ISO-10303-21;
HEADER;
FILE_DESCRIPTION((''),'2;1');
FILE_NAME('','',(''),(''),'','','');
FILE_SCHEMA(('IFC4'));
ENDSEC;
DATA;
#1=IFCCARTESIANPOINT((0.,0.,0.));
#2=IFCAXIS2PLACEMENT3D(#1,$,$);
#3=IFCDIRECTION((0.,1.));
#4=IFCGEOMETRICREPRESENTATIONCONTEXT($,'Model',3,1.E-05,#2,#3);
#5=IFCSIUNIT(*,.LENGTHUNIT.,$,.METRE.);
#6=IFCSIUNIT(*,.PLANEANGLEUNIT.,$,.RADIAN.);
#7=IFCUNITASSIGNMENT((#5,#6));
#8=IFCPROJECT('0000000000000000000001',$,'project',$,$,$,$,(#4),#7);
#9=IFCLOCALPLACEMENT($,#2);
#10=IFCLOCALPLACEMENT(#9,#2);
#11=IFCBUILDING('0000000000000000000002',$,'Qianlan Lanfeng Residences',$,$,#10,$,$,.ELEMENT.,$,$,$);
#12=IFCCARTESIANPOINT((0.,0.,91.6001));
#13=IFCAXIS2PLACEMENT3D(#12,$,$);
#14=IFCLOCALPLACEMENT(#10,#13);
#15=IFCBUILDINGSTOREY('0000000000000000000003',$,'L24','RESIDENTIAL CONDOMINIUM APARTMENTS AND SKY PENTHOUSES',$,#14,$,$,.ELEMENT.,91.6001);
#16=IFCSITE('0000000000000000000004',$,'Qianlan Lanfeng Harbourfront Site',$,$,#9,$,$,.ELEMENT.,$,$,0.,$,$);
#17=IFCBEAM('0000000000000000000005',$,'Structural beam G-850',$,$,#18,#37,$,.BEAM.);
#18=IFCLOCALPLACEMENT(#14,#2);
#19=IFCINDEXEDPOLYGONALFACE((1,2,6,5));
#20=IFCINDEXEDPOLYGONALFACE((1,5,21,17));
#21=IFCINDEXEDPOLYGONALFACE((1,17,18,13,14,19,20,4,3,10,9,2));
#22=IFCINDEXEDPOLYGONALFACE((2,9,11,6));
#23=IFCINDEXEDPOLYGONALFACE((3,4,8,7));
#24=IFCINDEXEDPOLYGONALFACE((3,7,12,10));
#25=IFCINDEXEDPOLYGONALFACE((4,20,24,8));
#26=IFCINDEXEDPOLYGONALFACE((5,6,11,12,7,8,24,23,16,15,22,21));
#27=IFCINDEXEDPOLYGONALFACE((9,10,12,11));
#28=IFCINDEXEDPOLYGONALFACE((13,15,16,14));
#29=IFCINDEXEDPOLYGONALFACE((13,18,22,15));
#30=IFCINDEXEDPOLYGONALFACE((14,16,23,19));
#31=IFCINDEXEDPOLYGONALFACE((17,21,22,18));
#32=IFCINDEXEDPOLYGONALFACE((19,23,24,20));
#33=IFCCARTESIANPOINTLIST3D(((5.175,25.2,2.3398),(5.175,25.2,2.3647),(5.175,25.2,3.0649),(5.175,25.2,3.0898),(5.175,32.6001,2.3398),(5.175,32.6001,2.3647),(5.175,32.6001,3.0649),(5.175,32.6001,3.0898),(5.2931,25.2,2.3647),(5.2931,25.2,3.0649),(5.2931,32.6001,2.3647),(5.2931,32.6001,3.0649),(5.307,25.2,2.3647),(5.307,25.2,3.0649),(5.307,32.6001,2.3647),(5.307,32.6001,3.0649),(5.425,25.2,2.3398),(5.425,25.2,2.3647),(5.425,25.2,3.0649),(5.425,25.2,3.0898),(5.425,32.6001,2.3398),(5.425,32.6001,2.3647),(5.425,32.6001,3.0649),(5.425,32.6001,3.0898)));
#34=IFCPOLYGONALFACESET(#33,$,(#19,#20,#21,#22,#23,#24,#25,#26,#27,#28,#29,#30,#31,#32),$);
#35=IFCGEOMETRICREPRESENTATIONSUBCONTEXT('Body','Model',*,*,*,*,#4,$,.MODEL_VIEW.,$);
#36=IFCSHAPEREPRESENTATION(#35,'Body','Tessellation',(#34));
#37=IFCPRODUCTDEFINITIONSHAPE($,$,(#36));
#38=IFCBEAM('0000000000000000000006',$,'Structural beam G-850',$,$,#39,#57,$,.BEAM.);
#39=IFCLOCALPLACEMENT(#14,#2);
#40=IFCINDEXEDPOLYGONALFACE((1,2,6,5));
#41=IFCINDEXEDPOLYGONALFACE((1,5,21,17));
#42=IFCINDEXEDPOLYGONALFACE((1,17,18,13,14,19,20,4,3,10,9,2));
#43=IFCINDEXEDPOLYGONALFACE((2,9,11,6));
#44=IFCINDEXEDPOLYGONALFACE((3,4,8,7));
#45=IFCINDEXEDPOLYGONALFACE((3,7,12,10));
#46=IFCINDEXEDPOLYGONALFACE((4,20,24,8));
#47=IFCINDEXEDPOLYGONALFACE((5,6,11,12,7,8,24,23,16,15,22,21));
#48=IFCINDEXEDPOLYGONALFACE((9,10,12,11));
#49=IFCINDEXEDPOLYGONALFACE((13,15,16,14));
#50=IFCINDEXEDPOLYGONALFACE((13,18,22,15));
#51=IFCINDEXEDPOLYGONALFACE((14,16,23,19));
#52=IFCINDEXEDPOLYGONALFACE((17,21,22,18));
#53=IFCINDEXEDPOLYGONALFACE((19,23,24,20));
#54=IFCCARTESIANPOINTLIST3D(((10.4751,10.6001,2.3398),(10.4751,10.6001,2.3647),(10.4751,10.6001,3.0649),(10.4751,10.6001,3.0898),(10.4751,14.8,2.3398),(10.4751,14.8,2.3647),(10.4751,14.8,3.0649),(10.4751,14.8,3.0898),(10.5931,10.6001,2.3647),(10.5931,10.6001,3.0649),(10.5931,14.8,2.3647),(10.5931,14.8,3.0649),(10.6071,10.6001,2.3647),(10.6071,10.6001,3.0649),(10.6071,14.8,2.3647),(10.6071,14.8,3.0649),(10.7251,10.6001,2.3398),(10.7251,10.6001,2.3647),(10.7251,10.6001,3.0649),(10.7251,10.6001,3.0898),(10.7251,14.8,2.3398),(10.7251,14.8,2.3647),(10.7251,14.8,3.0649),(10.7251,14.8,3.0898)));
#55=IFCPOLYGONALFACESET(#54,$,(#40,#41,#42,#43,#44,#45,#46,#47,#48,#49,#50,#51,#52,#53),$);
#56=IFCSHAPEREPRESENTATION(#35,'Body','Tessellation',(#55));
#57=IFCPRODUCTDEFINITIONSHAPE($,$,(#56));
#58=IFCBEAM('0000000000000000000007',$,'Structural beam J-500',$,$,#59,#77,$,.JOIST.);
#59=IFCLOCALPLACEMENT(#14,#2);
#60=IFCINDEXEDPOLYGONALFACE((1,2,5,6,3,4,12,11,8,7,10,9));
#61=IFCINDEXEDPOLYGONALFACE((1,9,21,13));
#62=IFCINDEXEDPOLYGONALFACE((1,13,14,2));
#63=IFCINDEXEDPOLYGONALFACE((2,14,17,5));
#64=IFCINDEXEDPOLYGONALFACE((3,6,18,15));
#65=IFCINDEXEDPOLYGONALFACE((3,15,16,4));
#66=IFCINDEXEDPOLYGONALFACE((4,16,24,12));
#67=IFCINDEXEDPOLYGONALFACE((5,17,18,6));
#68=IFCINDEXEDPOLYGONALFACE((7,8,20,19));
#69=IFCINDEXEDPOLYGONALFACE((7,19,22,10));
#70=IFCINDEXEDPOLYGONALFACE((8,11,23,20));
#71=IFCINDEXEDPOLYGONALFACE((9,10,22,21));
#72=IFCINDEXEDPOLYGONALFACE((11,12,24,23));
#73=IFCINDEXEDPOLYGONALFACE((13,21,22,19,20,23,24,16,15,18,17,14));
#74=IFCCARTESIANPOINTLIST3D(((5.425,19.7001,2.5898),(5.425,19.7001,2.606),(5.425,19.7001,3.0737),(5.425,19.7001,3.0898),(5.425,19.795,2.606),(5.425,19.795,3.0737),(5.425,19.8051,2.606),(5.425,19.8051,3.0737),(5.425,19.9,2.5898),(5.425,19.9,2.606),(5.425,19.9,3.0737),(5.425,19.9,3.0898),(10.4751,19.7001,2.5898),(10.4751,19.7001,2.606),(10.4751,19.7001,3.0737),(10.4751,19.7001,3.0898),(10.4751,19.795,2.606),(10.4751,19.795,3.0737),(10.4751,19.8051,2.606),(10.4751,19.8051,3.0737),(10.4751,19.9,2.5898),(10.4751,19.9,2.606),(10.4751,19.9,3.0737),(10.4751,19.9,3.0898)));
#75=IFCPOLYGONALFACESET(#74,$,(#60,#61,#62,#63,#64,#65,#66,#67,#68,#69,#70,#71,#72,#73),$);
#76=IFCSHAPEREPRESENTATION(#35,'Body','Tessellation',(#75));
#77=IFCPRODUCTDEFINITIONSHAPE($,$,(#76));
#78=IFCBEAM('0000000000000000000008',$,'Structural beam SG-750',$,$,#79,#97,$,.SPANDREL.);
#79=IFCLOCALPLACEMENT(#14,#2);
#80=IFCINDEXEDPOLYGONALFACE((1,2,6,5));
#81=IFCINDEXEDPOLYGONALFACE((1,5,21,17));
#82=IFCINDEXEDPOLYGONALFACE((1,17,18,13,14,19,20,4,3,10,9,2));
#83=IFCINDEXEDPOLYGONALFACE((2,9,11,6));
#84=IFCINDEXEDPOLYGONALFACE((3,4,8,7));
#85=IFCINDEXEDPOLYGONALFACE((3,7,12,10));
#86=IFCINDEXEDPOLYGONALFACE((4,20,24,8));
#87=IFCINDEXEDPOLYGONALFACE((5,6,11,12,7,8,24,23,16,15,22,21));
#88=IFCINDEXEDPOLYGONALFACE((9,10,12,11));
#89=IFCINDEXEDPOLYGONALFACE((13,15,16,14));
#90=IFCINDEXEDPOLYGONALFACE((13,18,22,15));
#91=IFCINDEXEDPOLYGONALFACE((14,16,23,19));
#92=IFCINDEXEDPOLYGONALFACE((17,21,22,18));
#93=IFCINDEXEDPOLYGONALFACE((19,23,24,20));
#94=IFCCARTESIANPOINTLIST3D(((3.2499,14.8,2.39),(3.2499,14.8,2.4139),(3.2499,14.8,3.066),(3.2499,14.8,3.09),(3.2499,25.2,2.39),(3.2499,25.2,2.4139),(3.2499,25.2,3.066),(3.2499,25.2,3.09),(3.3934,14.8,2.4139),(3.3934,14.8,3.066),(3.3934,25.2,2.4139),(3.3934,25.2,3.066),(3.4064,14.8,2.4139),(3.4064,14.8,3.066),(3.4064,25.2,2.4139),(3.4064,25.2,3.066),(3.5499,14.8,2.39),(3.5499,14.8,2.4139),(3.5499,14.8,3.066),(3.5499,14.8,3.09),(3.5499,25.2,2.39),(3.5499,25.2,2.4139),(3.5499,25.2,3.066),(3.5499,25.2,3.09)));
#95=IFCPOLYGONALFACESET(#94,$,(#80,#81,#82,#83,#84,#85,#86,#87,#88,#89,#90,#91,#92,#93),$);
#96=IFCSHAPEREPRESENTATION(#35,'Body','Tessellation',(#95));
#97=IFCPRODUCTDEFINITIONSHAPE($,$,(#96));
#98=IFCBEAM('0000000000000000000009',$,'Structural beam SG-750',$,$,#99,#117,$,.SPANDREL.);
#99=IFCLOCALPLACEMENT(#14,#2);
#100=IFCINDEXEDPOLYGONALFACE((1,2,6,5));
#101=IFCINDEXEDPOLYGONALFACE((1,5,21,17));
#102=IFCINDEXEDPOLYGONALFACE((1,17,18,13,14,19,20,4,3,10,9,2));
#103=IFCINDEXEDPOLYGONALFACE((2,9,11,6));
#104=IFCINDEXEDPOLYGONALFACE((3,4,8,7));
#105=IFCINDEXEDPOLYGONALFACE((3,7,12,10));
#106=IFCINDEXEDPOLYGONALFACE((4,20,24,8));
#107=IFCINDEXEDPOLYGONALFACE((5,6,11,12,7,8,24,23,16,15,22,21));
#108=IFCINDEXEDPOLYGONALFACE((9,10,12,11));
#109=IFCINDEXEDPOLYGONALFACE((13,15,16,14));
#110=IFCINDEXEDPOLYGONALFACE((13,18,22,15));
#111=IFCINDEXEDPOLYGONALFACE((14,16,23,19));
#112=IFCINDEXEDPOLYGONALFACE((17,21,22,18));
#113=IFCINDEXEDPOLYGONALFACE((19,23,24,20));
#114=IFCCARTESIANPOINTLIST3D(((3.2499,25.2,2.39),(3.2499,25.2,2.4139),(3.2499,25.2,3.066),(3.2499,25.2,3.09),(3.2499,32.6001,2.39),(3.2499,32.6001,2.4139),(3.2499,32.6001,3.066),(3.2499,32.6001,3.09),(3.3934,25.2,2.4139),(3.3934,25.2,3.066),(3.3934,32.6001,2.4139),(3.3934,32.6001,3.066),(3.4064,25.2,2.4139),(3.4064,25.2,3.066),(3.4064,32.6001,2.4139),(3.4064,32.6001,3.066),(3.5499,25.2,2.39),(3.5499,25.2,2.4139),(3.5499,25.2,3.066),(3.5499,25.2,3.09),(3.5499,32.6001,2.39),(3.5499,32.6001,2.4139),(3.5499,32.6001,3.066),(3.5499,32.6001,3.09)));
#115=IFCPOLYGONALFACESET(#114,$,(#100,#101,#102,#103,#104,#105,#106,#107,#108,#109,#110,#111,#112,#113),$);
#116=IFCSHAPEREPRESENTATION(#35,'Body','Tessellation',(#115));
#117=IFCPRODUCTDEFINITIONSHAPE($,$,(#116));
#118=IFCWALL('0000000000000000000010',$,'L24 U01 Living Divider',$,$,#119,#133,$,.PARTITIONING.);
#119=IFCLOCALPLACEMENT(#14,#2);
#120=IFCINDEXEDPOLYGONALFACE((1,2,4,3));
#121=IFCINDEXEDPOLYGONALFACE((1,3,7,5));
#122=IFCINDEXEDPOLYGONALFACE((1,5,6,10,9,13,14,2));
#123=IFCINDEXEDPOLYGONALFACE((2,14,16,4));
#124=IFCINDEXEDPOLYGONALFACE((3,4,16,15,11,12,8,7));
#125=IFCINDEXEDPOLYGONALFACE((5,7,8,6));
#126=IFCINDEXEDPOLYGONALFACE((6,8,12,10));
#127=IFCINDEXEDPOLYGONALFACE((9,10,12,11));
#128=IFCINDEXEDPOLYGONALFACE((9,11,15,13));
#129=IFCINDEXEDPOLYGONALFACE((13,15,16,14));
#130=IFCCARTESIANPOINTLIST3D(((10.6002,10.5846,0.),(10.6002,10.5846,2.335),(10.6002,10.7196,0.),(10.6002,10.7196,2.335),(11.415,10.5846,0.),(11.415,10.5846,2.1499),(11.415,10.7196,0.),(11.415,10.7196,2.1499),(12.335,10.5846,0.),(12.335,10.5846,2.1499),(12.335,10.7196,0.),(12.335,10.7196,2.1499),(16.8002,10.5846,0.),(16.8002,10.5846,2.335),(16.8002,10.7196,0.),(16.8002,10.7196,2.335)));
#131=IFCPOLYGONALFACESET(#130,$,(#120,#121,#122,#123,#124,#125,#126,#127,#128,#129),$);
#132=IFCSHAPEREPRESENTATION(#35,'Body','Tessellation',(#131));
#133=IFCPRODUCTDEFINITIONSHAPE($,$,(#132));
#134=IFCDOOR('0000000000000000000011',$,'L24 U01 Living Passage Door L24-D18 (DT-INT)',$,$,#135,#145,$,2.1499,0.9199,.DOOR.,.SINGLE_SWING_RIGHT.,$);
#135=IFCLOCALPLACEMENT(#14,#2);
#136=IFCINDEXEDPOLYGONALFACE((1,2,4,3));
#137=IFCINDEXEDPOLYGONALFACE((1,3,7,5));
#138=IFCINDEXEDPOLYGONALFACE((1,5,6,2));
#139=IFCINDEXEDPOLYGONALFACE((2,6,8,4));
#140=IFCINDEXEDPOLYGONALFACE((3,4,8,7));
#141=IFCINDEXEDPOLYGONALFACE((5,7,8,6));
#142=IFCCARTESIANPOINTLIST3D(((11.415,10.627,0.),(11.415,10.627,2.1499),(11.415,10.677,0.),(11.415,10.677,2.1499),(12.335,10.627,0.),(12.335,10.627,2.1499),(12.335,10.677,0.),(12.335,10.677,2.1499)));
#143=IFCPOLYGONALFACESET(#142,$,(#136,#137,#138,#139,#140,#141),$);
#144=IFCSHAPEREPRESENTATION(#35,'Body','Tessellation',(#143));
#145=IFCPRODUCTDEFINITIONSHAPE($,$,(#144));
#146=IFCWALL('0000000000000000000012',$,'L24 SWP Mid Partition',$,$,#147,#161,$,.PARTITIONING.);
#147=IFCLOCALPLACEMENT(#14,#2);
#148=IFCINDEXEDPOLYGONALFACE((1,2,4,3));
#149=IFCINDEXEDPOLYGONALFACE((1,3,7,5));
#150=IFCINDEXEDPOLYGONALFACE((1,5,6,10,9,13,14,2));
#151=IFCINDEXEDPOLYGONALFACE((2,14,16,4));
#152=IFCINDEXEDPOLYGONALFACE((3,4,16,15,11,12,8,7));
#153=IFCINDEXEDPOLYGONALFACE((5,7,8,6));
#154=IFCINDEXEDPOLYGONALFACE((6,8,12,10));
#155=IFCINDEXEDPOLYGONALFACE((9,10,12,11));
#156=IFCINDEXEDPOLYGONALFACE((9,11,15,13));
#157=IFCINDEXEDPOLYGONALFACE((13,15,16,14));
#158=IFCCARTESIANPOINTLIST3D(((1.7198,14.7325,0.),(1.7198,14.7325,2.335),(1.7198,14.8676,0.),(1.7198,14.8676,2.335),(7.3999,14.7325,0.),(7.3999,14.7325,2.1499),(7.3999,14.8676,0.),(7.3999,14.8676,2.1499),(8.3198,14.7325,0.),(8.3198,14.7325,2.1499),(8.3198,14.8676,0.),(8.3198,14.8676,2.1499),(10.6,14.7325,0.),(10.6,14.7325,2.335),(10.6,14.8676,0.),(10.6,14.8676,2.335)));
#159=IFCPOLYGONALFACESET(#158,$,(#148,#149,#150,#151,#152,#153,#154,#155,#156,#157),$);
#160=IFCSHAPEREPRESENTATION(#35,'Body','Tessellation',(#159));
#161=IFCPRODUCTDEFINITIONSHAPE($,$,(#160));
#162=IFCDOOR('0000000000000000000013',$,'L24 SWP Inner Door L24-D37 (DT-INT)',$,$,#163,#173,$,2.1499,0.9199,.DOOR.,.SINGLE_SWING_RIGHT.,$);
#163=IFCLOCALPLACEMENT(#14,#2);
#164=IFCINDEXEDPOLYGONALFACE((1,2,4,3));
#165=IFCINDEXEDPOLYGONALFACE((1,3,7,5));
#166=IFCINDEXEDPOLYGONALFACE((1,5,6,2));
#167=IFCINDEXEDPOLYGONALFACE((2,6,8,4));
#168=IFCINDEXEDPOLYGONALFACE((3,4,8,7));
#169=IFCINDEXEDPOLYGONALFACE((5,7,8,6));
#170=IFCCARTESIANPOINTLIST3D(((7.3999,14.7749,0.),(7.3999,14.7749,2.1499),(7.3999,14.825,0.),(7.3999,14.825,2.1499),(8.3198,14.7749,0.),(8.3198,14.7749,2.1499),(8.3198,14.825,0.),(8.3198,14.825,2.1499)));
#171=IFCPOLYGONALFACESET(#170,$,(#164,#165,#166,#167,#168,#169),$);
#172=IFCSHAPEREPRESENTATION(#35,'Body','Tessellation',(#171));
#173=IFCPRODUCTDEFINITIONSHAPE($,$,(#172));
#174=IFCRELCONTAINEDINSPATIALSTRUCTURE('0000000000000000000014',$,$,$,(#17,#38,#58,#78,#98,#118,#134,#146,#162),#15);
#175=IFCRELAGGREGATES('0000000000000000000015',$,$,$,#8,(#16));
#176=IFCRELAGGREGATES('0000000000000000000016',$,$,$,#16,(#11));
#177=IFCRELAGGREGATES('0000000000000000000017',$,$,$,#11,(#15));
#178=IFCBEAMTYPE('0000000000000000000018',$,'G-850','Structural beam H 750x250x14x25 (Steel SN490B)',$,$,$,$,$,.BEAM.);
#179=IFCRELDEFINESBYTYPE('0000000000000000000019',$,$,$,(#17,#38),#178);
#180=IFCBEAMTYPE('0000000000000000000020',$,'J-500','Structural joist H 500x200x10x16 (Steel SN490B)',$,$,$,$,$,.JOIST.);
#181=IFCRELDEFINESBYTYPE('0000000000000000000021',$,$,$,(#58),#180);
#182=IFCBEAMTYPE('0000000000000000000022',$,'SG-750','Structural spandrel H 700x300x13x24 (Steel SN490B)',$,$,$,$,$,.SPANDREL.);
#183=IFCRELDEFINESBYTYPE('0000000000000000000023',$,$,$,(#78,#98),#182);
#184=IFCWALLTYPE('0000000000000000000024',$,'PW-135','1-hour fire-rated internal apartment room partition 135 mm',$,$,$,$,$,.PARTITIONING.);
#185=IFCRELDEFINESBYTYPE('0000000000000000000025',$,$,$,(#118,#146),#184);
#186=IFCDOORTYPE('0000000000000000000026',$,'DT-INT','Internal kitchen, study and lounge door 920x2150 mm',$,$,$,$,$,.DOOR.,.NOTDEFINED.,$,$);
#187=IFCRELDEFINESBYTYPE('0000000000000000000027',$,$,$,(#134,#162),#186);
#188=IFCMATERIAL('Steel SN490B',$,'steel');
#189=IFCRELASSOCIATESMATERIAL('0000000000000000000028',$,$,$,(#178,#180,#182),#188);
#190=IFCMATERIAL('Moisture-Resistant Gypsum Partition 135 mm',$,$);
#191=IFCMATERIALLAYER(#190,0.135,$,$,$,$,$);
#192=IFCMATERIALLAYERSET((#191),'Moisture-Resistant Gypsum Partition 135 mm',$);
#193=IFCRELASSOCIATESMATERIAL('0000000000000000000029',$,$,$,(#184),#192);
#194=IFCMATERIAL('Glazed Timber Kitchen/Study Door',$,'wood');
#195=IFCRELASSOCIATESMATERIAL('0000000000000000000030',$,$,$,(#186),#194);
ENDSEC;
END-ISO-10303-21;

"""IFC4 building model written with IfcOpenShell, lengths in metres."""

from ifc_helpers import new_model, si_unit, direction, frame, frame_2d, origin, origin_2d, place, context, subcontext, project, spatial, rectangle, i_section, extrude, material, layer, layer_set, material_profile, profile_set, type_object, element, fill, save


model = new_model("IFC4")

# Units and contexts
model_context = context("Model", 3, precision=1e-05, world=origin(), true_north=direction((0.0, 1.0)))
body_context = subcontext(model_context, "Body", "Model", "MODEL_VIEW")
ifc_project = project(units=[si_unit("LENGTHUNIT", "METRE"), si_unit("PLANEANGLEUNIT", "RADIAN")], contexts=[model_context])

# Site, building, storey
site_placement = place(None, origin())
site = spatial("IfcSite", under=ifc_project, at=site_placement, Name="Qianlan Lanfeng Harbourfront Site", CompositionType="ELEMENT", RefElevation=0.0)
building_placement = place(site_placement, origin())
building = spatial("IfcBuilding", under=site, at=building_placement, Name="Qianlan Lanfeng Residences", CompositionType="ELEMENT")
storey_placement = place(building_placement, frame((0.0, 0.0, 91.6001)))
storey = spatial("IfcBuildingStorey", under=building, at=storey_placement, Name="L24", Description="RESIDENTIAL CONDOMINIUM APARTMENTS AND SKY PENTHOUSES", CompositionType="ELEMENT", Elevation=91.6001)

# Shared definitions
ifc_material_1 = material(Name="Steel SN490B", Category="steel")

# Beams
ifc_material_profile_1 = material_profile(ifc_material_1, i_section(OverallWidth=0.25, OverallDepth=0.75, WebThickness=0.0139, FlangeThickness=0.0249, at=origin_2d()), Name="H 750x250x14x25")
ifc_profile_set_1 = profile_set([ifc_material_profile_1], Name="Steel SN490B")
beam_type_1 = type_object("IfcBeamType", Name="G-850", Description="Structural beam H 750x250x14x25 (Steel SN490B)", PredefinedType="BEAM", material=ifc_profile_set_1)
beam_1_placement = place(storey_placement, frame((5.3, 25.2, 2.7148), z_axis=(0.0, 1.0, 0.0), x_axis=(-1.0, 0.0, 0.0)))
element("IfcBeam", 1, at=beam_1_placement, inside=storey, type_object=beam_type_1, Name="Structural beam G-850", PredefinedType="BEAM", context=body_context, shape_type="SweptSolid", body=[
    extrude(i_section(OverallWidth=0.25, OverallDepth=0.75, WebThickness=0.0139, FlangeThickness=0.0249, at=origin_2d()), origin(), (0.0, 0.0, 1.0), 7.4001),
])
beam_2_placement = place(storey_placement, frame((10.6001, 10.6001, 2.7148), z_axis=(0.0, 1.0, 0.0), x_axis=(-1.0, 0.0, 0.0)))
element("IfcBeam", 2, at=beam_2_placement, inside=storey, type_object=beam_type_1, Name="Structural beam G-850", PredefinedType="BEAM", context=body_context, shape_type="SweptSolid", body=[
    extrude(i_section(OverallWidth=0.25, OverallDepth=0.75, WebThickness=0.0139, FlangeThickness=0.0249, at=origin_2d()), origin(), (0.0, 0.0, 1.0), 4.2),
])
ifc_material_profile_2 = material_profile(ifc_material_1, i_section(OverallWidth=0.2, OverallDepth=0.5, WebThickness=0.01, FlangeThickness=0.0161, at=origin_2d()), Name="H 500x200x10x16")
ifc_profile_set_2 = profile_set([ifc_material_profile_2], Name="Steel SN490B")
beam_type_2 = type_object("IfcBeamType", Name="J-500", Description="Structural joist H 500x200x10x16 (Steel SN490B)", PredefinedType="JOIST", material=ifc_profile_set_2)
beam_3_placement = place(storey_placement, frame((5.425, 19.8, 2.8398), z_axis=(1.0, 0.0, 0.0), x_axis=(0.0, 1.0, 0.0)))
element("IfcBeam", 3, at=beam_3_placement, inside=storey, type_object=beam_type_2, Name="Structural beam J-500", PredefinedType="JOIST", context=body_context, shape_type="SweptSolid", body=[
    extrude(i_section(OverallWidth=0.2, OverallDepth=0.5, WebThickness=0.01, FlangeThickness=0.0161, at=origin_2d()), origin(), (0.0, 0.0, 1.0), 5.05),
])
ifc_material_profile_3 = material_profile(ifc_material_1, i_section(OverallWidth=0.3, OverallDepth=0.7, WebThickness=0.0129, FlangeThickness=0.0239, at=origin_2d()), Name="H 700x300x13x24")
ifc_profile_set_3 = profile_set([ifc_material_profile_3], Name="Steel SN490B")
beam_type_3 = type_object("IfcBeamType", Name="SG-750", Description="Structural spandrel H 700x300x13x24 (Steel SN490B)", PredefinedType="SPANDREL", material=ifc_profile_set_3)
beam_4_placement = place(storey_placement, frame((3.3999, 14.8, 2.74), z_axis=(0.0, 1.0, 0.0), x_axis=(-1.0, 0.0, 0.0)))
element("IfcBeam", 4, at=beam_4_placement, inside=storey, type_object=beam_type_3, Name="Structural beam SG-750", PredefinedType="SPANDREL", context=body_context, shape_type="SweptSolid", body=[
    extrude(i_section(OverallWidth=0.3, OverallDepth=0.7, WebThickness=0.0129, FlangeThickness=0.0239, at=origin_2d()), origin(), (0.0, 0.0, 1.0), 10.3999),
])
beam_5_placement = place(storey_placement, frame((3.3999, 25.2, 2.74), z_axis=(0.0, 1.0, 0.0), x_axis=(-1.0, 0.0, 0.0)))
element("IfcBeam", 5, at=beam_5_placement, inside=storey, type_object=beam_type_3, Name="Structural beam SG-750", PredefinedType="SPANDREL", context=body_context, shape_type="SweptSolid", body=[
    extrude(i_section(OverallWidth=0.3, OverallDepth=0.7, WebThickness=0.0129, FlangeThickness=0.0239, at=origin_2d()), origin(), (0.0, 0.0, 1.0), 7.4001),
])

# Walls, openings, doors
ifc_material_2 = material(Name="Moisture-Resistant Gypsum Partition 135 mm")
ifc_layer_1 = layer(ifc_material_2, 0.135)
ifc_layer_set_1 = layer_set([ifc_layer_1], Name="Moisture-Resistant Gypsum Partition 135 mm")
wall_type_1 = type_object("IfcWallType", Name="PW-135", Description="1-hour fire-rated internal apartment room partition 135 mm", PredefinedType="PARTITIONING", material=ifc_layer_set_1)
wall_1_placement = place(storey_placement, frame((10.6001, 10.6521, 0.0), z_axis=(0.0, 0.0, 1.0), x_axis=(1.0, 0.0, 0.0)))
wall_1 = element("IfcWall", 6, at=wall_1_placement, inside=storey, type_object=wall_type_1, Name="L24 U01 Living Divider", PredefinedType="PARTITIONING", context=body_context, shape_type="SweptSolid", body=[
    extrude(rectangle(XDim=6.2, YDim=0.135, at=frame_2d((3.1001, 0.0))), origin(), (0.0, 0.0, 1.0), 2.335),
])
opening_1_placement = place(wall_1_placement, frame((0.8149, 0.0, 0.0)))
opening_1 = element("IfcOpeningElement", 7, at=opening_1_placement, cuts=wall_1, PredefinedType="OPENING", context=body_context, shape_type="SweptSolid", body=[
    extrude(rectangle(XDim=0.9199, YDim=2.1499, at=frame_2d((0.46, 1.075))), frame((0.0, 0.0776, 0.0), z_axis=(0.0, -1.0, 0.0), x_axis=(1.0, 0.0, 0.0)), (0.0, 0.0, 1.0), 0.155),
])
ifc_material_3 = material(Name="Glazed Timber Kitchen/Study Door", Category="wood")
door_type_1 = type_object("IfcDoorType", Name="DT-INT", Description="Internal kitchen, study and lounge door 920x2150 mm", OperationType="NOTDEFINED", PredefinedType="DOOR", material=ifc_material_3)
door_1_placement = place(opening_1_placement, origin())
door_1 = element("IfcDoor", 8, at=door_1_placement, inside=storey, type_object=door_type_1, Name="L24 U01 Living Passage Door L24-D18 (DT-INT)", OperationType="SINGLE_SWING_RIGHT", OverallHeight=2.1499, OverallWidth=0.9199, PredefinedType="DOOR", context=body_context, shape_type="SweptSolid", body=[
    extrude(rectangle(XDim=0.9199, YDim=2.1499, at=frame_2d((0.46, 1.075))), frame((0.0, 0.0249, 0.0), z_axis=(0.0, -1.0, 0.0), x_axis=(1.0, 0.0, 0.0)), (0.0, 0.0, 1.0), 0.05),
])
fill(opening_1, door_1)
wall_2_placement = place(storey_placement, frame((1.72, 14.8, 0.0), z_axis=(0.0, 0.0, 1.0), x_axis=(1.0, 0.0, 0.0)))
wall_2 = element("IfcWall", 9, at=wall_2_placement, inside=storey, type_object=wall_type_1, Name="L24 SWP Mid Partition", PredefinedType="PARTITIONING", context=body_context, shape_type="SweptSolid", body=[
    extrude(rectangle(XDim=8.8801, YDim=0.135, at=frame_2d((4.4399, 0.0))), origin(), (0.0, 0.0, 1.0), 2.335),
])
opening_2_placement = place(wall_2_placement, frame((5.6799, 0.0, 0.0)))
opening_2 = element("IfcOpeningElement", 10, at=opening_2_placement, cuts=wall_2, PredefinedType="OPENING", context=body_context, shape_type="SweptSolid", body=[
    extrude(rectangle(XDim=0.9199, YDim=2.1499, at=frame_2d((0.46, 1.075))), frame((0.0, 0.0776, 0.0), z_axis=(0.0, -1.0, 0.0), x_axis=(1.0, 0.0, 0.0)), (0.0, 0.0, 1.0), 0.155),
])
door_2_placement = place(opening_2_placement, origin())
door_2 = element("IfcDoor", 11, at=door_2_placement, inside=storey, type_object=door_type_1, Name="L24 SWP Inner Door L24-D37 (DT-INT)", OperationType="SINGLE_SWING_RIGHT", OverallHeight=2.1499, OverallWidth=0.9199, PredefinedType="DOOR", context=body_context, shape_type="SweptSolid", body=[
    extrude(rectangle(XDim=0.9199, YDim=2.1499, at=frame_2d((0.46, 1.075))), frame((0.0, 0.0249, 0.0), z_axis=(0.0, -1.0, 0.0), x_axis=(1.0, 0.0, 0.0)), (0.0, 0.0, 1.0), 0.05),
])
fill(opening_2, door_2)

save(model, "model.ifc")
